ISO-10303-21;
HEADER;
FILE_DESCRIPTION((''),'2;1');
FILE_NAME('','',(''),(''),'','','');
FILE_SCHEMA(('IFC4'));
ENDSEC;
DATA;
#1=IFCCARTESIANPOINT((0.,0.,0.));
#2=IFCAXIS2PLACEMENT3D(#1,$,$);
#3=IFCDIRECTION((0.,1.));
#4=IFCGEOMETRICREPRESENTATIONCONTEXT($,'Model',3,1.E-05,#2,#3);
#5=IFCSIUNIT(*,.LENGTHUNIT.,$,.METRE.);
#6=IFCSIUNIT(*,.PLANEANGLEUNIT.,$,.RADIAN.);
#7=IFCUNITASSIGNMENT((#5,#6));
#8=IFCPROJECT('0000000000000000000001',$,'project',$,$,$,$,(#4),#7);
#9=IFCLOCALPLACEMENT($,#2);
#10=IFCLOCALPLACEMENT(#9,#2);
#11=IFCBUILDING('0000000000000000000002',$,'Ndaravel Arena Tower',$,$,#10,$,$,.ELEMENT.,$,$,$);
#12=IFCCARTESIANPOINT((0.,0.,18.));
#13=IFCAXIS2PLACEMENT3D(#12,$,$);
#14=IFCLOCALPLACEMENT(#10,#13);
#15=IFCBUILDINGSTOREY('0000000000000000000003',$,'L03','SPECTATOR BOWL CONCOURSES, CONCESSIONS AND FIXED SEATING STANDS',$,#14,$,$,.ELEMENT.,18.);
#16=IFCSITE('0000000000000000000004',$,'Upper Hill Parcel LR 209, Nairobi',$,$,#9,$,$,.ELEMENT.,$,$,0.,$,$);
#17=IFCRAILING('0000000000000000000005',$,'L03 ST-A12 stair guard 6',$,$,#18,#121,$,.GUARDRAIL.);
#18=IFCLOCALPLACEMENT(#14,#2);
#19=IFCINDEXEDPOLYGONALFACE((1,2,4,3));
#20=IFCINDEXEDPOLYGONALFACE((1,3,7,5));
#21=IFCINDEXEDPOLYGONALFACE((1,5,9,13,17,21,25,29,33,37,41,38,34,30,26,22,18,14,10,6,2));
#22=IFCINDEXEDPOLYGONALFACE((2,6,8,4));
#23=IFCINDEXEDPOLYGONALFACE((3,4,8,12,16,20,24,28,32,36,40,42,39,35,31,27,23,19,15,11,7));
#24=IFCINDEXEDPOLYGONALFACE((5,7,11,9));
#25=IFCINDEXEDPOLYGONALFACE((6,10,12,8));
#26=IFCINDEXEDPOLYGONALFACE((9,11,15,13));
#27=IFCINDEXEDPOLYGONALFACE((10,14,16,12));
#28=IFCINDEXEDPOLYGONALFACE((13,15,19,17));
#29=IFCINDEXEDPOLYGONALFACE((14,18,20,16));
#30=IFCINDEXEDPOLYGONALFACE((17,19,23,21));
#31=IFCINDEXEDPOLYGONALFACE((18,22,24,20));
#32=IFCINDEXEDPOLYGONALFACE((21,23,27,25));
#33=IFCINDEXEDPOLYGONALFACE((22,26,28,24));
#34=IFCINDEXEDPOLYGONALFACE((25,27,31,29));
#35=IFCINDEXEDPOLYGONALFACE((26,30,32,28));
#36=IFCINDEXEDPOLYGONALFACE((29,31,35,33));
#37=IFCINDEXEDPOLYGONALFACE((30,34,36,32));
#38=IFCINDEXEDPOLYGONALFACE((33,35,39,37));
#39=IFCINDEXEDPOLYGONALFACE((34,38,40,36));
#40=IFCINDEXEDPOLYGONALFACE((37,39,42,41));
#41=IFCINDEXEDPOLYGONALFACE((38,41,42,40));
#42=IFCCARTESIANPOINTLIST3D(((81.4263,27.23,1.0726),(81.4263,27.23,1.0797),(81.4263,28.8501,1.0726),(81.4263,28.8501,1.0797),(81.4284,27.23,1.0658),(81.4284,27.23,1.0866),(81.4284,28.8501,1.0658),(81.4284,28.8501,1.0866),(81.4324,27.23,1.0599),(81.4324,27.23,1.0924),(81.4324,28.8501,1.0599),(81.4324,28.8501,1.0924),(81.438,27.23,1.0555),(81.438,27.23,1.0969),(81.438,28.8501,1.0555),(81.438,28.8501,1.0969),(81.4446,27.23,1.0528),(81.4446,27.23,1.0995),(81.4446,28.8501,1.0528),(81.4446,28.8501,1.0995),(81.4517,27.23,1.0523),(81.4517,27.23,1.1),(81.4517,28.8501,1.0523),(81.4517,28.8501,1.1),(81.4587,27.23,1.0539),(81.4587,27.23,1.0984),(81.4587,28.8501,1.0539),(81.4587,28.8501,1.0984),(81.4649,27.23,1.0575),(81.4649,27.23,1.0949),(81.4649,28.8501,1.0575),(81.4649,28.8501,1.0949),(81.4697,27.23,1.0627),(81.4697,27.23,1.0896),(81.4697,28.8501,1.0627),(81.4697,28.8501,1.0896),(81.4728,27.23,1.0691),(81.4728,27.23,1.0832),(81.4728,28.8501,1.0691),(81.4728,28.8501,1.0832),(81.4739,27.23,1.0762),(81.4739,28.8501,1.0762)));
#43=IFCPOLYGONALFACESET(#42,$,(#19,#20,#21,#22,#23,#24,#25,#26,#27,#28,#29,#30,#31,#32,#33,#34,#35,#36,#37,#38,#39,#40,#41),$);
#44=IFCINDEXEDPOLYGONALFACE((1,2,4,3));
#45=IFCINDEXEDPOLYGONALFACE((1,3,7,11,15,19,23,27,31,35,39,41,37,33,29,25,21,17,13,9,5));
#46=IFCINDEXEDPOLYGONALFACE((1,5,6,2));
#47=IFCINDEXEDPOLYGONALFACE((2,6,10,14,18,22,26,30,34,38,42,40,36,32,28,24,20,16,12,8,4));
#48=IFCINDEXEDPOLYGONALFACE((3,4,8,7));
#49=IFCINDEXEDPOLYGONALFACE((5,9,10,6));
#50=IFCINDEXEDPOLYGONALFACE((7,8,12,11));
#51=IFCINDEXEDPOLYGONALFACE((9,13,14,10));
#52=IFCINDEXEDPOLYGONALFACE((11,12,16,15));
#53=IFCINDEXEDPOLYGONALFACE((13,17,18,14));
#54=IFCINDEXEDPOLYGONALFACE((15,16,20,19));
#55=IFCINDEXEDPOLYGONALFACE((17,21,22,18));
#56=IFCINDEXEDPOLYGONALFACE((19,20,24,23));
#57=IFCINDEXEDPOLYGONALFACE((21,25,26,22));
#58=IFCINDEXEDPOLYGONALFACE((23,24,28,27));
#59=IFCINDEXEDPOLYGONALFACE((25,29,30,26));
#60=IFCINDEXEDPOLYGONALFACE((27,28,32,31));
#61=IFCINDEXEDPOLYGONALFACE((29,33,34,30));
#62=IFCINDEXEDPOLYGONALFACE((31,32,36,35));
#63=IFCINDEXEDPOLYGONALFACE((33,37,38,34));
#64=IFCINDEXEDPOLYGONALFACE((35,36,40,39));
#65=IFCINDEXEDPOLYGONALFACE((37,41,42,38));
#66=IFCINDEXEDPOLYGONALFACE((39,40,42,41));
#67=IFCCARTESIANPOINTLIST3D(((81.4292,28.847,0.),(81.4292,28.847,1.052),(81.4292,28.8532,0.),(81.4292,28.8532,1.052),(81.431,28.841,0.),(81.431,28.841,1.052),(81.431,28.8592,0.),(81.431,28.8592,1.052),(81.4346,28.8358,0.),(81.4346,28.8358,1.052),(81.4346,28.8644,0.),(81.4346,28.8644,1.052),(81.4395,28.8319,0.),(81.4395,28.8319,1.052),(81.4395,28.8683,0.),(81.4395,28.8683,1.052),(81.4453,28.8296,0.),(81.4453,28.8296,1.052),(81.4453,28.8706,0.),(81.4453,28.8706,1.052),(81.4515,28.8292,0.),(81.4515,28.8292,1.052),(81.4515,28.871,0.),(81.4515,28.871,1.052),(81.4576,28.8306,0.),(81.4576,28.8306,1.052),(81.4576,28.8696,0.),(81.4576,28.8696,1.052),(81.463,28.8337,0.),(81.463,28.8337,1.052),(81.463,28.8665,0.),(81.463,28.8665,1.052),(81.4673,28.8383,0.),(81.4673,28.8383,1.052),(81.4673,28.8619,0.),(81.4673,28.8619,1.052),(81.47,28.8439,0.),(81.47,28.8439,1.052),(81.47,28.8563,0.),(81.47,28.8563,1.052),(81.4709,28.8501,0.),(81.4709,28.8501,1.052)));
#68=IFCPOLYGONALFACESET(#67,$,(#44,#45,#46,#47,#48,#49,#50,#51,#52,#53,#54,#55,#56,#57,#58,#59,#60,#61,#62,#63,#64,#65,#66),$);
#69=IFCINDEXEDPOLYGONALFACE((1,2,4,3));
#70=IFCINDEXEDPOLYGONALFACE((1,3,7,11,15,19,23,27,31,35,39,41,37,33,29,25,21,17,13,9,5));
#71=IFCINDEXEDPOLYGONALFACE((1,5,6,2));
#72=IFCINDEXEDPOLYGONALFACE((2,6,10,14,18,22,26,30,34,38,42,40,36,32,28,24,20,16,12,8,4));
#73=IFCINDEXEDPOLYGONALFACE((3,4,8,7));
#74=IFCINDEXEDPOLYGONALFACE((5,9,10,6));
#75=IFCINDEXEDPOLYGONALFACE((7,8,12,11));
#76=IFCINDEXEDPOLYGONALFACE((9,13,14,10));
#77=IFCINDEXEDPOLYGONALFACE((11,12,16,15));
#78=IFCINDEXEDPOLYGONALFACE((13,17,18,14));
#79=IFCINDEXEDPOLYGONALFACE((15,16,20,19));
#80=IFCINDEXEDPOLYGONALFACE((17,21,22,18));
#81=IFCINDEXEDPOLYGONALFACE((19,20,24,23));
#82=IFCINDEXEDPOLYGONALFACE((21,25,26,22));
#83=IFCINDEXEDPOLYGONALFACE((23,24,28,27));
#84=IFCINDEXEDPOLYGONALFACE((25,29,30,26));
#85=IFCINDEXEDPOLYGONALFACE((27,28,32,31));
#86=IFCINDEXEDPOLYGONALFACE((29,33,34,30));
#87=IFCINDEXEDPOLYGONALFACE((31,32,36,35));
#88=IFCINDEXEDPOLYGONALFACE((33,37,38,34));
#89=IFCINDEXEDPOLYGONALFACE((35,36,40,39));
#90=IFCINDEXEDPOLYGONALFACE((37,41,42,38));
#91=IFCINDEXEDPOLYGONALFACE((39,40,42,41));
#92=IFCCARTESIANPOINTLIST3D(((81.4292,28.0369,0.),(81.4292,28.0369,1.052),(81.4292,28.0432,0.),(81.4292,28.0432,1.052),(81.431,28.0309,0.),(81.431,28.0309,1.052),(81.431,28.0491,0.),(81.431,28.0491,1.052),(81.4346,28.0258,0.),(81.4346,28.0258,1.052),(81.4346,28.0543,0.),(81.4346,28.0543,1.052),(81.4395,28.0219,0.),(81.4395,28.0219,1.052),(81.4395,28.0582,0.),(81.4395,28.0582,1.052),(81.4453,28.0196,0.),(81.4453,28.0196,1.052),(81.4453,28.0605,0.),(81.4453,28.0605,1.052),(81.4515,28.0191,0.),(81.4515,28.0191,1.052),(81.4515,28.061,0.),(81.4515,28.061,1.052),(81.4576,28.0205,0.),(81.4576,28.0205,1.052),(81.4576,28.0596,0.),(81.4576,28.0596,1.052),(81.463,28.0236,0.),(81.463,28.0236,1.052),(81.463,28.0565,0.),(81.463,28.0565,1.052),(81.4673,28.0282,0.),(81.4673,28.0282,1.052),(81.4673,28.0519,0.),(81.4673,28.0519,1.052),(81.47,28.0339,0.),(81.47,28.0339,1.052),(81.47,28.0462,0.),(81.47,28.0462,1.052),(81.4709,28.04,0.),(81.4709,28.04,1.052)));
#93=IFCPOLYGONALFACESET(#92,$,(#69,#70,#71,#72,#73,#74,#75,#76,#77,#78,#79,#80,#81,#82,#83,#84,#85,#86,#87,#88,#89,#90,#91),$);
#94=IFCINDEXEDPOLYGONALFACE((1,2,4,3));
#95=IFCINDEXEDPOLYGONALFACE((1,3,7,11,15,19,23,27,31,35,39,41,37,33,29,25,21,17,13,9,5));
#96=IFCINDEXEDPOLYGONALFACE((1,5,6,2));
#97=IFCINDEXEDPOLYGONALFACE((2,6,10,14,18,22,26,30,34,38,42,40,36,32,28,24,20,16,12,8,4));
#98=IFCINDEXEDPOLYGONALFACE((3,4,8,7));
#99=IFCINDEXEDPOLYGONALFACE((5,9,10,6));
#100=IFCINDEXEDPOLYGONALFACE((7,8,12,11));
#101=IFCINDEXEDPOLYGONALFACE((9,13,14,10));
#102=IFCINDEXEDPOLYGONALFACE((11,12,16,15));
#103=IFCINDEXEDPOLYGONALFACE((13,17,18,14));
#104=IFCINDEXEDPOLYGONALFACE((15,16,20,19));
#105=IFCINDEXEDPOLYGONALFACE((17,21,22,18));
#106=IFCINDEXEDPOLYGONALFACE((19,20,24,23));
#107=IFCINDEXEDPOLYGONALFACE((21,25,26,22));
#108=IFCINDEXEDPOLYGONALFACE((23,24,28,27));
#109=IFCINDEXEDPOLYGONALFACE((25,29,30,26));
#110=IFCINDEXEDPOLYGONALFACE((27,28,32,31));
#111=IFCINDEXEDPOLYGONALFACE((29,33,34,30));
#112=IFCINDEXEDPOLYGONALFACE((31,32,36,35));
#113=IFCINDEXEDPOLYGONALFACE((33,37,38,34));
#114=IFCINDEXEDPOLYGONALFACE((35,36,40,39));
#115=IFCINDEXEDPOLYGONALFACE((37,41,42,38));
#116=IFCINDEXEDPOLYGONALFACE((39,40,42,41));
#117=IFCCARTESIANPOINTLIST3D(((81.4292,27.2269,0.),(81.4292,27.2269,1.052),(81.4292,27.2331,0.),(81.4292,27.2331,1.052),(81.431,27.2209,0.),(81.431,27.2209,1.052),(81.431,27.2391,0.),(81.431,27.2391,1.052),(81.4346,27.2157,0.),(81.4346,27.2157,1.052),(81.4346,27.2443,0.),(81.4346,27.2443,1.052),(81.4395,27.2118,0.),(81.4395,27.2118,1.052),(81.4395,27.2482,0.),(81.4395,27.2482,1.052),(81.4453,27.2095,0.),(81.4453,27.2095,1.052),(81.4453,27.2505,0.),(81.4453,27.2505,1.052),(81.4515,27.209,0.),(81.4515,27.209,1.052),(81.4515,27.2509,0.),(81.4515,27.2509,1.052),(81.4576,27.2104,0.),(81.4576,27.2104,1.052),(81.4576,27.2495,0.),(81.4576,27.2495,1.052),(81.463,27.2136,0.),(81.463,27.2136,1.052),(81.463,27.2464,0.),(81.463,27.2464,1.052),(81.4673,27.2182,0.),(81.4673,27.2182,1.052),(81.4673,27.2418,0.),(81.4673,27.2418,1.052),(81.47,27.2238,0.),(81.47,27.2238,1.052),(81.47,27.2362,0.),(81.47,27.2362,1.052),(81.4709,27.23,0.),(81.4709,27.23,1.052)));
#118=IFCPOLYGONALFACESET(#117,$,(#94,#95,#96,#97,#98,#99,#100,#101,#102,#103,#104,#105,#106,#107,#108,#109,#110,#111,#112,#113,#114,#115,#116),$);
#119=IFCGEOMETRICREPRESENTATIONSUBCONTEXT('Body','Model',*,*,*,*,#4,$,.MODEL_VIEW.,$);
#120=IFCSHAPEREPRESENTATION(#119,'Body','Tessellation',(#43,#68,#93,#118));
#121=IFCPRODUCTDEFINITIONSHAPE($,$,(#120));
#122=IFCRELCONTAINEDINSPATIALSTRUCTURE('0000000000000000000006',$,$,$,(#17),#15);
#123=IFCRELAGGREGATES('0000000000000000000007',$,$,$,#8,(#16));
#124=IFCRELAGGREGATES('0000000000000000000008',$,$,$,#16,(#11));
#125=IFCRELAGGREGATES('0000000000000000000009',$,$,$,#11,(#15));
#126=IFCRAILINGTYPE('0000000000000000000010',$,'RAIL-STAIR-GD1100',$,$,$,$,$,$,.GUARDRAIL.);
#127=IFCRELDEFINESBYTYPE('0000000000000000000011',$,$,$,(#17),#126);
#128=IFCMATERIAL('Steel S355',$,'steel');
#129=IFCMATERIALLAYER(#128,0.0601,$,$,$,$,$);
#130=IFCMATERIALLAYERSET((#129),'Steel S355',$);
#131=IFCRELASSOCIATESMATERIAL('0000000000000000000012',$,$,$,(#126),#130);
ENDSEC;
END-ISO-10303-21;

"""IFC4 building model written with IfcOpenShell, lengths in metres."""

from ifc_helpers import new_model, si_unit, direction, frame, origin, origin_2d, place, context, subcontext, project, spatial, circle, extrude, material, layer, layer_set, type_object, element, save


model = new_model("IFC4")

# Units and contexts
model_context = context("Model", 3, precision=1e-05, world=origin(), true_north=direction((0.0, 1.0)))
body_context = subcontext(model_context, "Body", "Model", "MODEL_VIEW")
ifc_project = project(units=[si_unit("LENGTHUNIT", "METRE"), si_unit("PLANEANGLEUNIT", "RADIAN")], contexts=[model_context])

# Site, building, storey
site_placement = place(None, origin())
site = spatial("IfcSite", under=ifc_project, at=site_placement, Name="Upper Hill Parcel LR 209, Nairobi", CompositionType="ELEMENT", RefElevation=0.0)
building_placement = place(site_placement, origin())
building = spatial("IfcBuilding", under=site, at=building_placement, Name="Ndaravel Arena Tower", CompositionType="ELEMENT")
storey_placement = place(building_placement, frame((0.0, 0.0, 18.0)))
storey = spatial("IfcBuildingStorey", under=building, at=storey_placement, Name="L03", Description="SPECTATOR BOWL CONCOURSES, CONCESSIONS AND FIXED SEATING STANDS", CompositionType="ELEMENT", Elevation=18.0)

# Railing
ifc_material_1 = material(Name="Steel S355", Category="steel")
ifc_layer_1 = layer(ifc_material_1, 0.0601)
ifc_layer_set_1 = layer_set([ifc_layer_1], Name="Steel S355")
railing_type_1 = type_object("IfcRailingType", Name="RAIL-STAIR-GD1100", PredefinedType="GUARDRAIL", material=ifc_layer_set_1)
for number, where, name in (
    (1, (81.45, 28.8501, 0.0), "L03 ST-A12 stair guard 6"),
):
    element("IfcRailing", number, at=place(storey_placement, frame(where)), inside=storey, type_object=railing_type_1, Name=name, PredefinedType="GUARDRAIL", context=body_context, shape_type="SweptSolid", body=[
        extrude(circle(Radius=0.0239, at=origin_2d()), frame((0.0, 0.0, 1.0762), z_axis=(0.0, -1.0, 0.0), x_axis=(1.0, 0.0, 0.0)), (0.0, 0.0, 1.0), 1.6201),
        extrude(circle(Radius=0.021, at=origin_2d()), origin(), (0.0, 0.0, 1.0), 1.052),
        extrude(circle(Radius=0.021, at=origin_2d()), frame((0.0, -0.8101, 0.0)), (0.0, 0.0, 1.0), 1.052),
        extrude(circle(Radius=0.021, at=origin_2d()), frame((0.0, -1.6201, 0.0)), (0.0, 0.0, 1.0), 1.052),
    ])

save(model, "model.ifc")
